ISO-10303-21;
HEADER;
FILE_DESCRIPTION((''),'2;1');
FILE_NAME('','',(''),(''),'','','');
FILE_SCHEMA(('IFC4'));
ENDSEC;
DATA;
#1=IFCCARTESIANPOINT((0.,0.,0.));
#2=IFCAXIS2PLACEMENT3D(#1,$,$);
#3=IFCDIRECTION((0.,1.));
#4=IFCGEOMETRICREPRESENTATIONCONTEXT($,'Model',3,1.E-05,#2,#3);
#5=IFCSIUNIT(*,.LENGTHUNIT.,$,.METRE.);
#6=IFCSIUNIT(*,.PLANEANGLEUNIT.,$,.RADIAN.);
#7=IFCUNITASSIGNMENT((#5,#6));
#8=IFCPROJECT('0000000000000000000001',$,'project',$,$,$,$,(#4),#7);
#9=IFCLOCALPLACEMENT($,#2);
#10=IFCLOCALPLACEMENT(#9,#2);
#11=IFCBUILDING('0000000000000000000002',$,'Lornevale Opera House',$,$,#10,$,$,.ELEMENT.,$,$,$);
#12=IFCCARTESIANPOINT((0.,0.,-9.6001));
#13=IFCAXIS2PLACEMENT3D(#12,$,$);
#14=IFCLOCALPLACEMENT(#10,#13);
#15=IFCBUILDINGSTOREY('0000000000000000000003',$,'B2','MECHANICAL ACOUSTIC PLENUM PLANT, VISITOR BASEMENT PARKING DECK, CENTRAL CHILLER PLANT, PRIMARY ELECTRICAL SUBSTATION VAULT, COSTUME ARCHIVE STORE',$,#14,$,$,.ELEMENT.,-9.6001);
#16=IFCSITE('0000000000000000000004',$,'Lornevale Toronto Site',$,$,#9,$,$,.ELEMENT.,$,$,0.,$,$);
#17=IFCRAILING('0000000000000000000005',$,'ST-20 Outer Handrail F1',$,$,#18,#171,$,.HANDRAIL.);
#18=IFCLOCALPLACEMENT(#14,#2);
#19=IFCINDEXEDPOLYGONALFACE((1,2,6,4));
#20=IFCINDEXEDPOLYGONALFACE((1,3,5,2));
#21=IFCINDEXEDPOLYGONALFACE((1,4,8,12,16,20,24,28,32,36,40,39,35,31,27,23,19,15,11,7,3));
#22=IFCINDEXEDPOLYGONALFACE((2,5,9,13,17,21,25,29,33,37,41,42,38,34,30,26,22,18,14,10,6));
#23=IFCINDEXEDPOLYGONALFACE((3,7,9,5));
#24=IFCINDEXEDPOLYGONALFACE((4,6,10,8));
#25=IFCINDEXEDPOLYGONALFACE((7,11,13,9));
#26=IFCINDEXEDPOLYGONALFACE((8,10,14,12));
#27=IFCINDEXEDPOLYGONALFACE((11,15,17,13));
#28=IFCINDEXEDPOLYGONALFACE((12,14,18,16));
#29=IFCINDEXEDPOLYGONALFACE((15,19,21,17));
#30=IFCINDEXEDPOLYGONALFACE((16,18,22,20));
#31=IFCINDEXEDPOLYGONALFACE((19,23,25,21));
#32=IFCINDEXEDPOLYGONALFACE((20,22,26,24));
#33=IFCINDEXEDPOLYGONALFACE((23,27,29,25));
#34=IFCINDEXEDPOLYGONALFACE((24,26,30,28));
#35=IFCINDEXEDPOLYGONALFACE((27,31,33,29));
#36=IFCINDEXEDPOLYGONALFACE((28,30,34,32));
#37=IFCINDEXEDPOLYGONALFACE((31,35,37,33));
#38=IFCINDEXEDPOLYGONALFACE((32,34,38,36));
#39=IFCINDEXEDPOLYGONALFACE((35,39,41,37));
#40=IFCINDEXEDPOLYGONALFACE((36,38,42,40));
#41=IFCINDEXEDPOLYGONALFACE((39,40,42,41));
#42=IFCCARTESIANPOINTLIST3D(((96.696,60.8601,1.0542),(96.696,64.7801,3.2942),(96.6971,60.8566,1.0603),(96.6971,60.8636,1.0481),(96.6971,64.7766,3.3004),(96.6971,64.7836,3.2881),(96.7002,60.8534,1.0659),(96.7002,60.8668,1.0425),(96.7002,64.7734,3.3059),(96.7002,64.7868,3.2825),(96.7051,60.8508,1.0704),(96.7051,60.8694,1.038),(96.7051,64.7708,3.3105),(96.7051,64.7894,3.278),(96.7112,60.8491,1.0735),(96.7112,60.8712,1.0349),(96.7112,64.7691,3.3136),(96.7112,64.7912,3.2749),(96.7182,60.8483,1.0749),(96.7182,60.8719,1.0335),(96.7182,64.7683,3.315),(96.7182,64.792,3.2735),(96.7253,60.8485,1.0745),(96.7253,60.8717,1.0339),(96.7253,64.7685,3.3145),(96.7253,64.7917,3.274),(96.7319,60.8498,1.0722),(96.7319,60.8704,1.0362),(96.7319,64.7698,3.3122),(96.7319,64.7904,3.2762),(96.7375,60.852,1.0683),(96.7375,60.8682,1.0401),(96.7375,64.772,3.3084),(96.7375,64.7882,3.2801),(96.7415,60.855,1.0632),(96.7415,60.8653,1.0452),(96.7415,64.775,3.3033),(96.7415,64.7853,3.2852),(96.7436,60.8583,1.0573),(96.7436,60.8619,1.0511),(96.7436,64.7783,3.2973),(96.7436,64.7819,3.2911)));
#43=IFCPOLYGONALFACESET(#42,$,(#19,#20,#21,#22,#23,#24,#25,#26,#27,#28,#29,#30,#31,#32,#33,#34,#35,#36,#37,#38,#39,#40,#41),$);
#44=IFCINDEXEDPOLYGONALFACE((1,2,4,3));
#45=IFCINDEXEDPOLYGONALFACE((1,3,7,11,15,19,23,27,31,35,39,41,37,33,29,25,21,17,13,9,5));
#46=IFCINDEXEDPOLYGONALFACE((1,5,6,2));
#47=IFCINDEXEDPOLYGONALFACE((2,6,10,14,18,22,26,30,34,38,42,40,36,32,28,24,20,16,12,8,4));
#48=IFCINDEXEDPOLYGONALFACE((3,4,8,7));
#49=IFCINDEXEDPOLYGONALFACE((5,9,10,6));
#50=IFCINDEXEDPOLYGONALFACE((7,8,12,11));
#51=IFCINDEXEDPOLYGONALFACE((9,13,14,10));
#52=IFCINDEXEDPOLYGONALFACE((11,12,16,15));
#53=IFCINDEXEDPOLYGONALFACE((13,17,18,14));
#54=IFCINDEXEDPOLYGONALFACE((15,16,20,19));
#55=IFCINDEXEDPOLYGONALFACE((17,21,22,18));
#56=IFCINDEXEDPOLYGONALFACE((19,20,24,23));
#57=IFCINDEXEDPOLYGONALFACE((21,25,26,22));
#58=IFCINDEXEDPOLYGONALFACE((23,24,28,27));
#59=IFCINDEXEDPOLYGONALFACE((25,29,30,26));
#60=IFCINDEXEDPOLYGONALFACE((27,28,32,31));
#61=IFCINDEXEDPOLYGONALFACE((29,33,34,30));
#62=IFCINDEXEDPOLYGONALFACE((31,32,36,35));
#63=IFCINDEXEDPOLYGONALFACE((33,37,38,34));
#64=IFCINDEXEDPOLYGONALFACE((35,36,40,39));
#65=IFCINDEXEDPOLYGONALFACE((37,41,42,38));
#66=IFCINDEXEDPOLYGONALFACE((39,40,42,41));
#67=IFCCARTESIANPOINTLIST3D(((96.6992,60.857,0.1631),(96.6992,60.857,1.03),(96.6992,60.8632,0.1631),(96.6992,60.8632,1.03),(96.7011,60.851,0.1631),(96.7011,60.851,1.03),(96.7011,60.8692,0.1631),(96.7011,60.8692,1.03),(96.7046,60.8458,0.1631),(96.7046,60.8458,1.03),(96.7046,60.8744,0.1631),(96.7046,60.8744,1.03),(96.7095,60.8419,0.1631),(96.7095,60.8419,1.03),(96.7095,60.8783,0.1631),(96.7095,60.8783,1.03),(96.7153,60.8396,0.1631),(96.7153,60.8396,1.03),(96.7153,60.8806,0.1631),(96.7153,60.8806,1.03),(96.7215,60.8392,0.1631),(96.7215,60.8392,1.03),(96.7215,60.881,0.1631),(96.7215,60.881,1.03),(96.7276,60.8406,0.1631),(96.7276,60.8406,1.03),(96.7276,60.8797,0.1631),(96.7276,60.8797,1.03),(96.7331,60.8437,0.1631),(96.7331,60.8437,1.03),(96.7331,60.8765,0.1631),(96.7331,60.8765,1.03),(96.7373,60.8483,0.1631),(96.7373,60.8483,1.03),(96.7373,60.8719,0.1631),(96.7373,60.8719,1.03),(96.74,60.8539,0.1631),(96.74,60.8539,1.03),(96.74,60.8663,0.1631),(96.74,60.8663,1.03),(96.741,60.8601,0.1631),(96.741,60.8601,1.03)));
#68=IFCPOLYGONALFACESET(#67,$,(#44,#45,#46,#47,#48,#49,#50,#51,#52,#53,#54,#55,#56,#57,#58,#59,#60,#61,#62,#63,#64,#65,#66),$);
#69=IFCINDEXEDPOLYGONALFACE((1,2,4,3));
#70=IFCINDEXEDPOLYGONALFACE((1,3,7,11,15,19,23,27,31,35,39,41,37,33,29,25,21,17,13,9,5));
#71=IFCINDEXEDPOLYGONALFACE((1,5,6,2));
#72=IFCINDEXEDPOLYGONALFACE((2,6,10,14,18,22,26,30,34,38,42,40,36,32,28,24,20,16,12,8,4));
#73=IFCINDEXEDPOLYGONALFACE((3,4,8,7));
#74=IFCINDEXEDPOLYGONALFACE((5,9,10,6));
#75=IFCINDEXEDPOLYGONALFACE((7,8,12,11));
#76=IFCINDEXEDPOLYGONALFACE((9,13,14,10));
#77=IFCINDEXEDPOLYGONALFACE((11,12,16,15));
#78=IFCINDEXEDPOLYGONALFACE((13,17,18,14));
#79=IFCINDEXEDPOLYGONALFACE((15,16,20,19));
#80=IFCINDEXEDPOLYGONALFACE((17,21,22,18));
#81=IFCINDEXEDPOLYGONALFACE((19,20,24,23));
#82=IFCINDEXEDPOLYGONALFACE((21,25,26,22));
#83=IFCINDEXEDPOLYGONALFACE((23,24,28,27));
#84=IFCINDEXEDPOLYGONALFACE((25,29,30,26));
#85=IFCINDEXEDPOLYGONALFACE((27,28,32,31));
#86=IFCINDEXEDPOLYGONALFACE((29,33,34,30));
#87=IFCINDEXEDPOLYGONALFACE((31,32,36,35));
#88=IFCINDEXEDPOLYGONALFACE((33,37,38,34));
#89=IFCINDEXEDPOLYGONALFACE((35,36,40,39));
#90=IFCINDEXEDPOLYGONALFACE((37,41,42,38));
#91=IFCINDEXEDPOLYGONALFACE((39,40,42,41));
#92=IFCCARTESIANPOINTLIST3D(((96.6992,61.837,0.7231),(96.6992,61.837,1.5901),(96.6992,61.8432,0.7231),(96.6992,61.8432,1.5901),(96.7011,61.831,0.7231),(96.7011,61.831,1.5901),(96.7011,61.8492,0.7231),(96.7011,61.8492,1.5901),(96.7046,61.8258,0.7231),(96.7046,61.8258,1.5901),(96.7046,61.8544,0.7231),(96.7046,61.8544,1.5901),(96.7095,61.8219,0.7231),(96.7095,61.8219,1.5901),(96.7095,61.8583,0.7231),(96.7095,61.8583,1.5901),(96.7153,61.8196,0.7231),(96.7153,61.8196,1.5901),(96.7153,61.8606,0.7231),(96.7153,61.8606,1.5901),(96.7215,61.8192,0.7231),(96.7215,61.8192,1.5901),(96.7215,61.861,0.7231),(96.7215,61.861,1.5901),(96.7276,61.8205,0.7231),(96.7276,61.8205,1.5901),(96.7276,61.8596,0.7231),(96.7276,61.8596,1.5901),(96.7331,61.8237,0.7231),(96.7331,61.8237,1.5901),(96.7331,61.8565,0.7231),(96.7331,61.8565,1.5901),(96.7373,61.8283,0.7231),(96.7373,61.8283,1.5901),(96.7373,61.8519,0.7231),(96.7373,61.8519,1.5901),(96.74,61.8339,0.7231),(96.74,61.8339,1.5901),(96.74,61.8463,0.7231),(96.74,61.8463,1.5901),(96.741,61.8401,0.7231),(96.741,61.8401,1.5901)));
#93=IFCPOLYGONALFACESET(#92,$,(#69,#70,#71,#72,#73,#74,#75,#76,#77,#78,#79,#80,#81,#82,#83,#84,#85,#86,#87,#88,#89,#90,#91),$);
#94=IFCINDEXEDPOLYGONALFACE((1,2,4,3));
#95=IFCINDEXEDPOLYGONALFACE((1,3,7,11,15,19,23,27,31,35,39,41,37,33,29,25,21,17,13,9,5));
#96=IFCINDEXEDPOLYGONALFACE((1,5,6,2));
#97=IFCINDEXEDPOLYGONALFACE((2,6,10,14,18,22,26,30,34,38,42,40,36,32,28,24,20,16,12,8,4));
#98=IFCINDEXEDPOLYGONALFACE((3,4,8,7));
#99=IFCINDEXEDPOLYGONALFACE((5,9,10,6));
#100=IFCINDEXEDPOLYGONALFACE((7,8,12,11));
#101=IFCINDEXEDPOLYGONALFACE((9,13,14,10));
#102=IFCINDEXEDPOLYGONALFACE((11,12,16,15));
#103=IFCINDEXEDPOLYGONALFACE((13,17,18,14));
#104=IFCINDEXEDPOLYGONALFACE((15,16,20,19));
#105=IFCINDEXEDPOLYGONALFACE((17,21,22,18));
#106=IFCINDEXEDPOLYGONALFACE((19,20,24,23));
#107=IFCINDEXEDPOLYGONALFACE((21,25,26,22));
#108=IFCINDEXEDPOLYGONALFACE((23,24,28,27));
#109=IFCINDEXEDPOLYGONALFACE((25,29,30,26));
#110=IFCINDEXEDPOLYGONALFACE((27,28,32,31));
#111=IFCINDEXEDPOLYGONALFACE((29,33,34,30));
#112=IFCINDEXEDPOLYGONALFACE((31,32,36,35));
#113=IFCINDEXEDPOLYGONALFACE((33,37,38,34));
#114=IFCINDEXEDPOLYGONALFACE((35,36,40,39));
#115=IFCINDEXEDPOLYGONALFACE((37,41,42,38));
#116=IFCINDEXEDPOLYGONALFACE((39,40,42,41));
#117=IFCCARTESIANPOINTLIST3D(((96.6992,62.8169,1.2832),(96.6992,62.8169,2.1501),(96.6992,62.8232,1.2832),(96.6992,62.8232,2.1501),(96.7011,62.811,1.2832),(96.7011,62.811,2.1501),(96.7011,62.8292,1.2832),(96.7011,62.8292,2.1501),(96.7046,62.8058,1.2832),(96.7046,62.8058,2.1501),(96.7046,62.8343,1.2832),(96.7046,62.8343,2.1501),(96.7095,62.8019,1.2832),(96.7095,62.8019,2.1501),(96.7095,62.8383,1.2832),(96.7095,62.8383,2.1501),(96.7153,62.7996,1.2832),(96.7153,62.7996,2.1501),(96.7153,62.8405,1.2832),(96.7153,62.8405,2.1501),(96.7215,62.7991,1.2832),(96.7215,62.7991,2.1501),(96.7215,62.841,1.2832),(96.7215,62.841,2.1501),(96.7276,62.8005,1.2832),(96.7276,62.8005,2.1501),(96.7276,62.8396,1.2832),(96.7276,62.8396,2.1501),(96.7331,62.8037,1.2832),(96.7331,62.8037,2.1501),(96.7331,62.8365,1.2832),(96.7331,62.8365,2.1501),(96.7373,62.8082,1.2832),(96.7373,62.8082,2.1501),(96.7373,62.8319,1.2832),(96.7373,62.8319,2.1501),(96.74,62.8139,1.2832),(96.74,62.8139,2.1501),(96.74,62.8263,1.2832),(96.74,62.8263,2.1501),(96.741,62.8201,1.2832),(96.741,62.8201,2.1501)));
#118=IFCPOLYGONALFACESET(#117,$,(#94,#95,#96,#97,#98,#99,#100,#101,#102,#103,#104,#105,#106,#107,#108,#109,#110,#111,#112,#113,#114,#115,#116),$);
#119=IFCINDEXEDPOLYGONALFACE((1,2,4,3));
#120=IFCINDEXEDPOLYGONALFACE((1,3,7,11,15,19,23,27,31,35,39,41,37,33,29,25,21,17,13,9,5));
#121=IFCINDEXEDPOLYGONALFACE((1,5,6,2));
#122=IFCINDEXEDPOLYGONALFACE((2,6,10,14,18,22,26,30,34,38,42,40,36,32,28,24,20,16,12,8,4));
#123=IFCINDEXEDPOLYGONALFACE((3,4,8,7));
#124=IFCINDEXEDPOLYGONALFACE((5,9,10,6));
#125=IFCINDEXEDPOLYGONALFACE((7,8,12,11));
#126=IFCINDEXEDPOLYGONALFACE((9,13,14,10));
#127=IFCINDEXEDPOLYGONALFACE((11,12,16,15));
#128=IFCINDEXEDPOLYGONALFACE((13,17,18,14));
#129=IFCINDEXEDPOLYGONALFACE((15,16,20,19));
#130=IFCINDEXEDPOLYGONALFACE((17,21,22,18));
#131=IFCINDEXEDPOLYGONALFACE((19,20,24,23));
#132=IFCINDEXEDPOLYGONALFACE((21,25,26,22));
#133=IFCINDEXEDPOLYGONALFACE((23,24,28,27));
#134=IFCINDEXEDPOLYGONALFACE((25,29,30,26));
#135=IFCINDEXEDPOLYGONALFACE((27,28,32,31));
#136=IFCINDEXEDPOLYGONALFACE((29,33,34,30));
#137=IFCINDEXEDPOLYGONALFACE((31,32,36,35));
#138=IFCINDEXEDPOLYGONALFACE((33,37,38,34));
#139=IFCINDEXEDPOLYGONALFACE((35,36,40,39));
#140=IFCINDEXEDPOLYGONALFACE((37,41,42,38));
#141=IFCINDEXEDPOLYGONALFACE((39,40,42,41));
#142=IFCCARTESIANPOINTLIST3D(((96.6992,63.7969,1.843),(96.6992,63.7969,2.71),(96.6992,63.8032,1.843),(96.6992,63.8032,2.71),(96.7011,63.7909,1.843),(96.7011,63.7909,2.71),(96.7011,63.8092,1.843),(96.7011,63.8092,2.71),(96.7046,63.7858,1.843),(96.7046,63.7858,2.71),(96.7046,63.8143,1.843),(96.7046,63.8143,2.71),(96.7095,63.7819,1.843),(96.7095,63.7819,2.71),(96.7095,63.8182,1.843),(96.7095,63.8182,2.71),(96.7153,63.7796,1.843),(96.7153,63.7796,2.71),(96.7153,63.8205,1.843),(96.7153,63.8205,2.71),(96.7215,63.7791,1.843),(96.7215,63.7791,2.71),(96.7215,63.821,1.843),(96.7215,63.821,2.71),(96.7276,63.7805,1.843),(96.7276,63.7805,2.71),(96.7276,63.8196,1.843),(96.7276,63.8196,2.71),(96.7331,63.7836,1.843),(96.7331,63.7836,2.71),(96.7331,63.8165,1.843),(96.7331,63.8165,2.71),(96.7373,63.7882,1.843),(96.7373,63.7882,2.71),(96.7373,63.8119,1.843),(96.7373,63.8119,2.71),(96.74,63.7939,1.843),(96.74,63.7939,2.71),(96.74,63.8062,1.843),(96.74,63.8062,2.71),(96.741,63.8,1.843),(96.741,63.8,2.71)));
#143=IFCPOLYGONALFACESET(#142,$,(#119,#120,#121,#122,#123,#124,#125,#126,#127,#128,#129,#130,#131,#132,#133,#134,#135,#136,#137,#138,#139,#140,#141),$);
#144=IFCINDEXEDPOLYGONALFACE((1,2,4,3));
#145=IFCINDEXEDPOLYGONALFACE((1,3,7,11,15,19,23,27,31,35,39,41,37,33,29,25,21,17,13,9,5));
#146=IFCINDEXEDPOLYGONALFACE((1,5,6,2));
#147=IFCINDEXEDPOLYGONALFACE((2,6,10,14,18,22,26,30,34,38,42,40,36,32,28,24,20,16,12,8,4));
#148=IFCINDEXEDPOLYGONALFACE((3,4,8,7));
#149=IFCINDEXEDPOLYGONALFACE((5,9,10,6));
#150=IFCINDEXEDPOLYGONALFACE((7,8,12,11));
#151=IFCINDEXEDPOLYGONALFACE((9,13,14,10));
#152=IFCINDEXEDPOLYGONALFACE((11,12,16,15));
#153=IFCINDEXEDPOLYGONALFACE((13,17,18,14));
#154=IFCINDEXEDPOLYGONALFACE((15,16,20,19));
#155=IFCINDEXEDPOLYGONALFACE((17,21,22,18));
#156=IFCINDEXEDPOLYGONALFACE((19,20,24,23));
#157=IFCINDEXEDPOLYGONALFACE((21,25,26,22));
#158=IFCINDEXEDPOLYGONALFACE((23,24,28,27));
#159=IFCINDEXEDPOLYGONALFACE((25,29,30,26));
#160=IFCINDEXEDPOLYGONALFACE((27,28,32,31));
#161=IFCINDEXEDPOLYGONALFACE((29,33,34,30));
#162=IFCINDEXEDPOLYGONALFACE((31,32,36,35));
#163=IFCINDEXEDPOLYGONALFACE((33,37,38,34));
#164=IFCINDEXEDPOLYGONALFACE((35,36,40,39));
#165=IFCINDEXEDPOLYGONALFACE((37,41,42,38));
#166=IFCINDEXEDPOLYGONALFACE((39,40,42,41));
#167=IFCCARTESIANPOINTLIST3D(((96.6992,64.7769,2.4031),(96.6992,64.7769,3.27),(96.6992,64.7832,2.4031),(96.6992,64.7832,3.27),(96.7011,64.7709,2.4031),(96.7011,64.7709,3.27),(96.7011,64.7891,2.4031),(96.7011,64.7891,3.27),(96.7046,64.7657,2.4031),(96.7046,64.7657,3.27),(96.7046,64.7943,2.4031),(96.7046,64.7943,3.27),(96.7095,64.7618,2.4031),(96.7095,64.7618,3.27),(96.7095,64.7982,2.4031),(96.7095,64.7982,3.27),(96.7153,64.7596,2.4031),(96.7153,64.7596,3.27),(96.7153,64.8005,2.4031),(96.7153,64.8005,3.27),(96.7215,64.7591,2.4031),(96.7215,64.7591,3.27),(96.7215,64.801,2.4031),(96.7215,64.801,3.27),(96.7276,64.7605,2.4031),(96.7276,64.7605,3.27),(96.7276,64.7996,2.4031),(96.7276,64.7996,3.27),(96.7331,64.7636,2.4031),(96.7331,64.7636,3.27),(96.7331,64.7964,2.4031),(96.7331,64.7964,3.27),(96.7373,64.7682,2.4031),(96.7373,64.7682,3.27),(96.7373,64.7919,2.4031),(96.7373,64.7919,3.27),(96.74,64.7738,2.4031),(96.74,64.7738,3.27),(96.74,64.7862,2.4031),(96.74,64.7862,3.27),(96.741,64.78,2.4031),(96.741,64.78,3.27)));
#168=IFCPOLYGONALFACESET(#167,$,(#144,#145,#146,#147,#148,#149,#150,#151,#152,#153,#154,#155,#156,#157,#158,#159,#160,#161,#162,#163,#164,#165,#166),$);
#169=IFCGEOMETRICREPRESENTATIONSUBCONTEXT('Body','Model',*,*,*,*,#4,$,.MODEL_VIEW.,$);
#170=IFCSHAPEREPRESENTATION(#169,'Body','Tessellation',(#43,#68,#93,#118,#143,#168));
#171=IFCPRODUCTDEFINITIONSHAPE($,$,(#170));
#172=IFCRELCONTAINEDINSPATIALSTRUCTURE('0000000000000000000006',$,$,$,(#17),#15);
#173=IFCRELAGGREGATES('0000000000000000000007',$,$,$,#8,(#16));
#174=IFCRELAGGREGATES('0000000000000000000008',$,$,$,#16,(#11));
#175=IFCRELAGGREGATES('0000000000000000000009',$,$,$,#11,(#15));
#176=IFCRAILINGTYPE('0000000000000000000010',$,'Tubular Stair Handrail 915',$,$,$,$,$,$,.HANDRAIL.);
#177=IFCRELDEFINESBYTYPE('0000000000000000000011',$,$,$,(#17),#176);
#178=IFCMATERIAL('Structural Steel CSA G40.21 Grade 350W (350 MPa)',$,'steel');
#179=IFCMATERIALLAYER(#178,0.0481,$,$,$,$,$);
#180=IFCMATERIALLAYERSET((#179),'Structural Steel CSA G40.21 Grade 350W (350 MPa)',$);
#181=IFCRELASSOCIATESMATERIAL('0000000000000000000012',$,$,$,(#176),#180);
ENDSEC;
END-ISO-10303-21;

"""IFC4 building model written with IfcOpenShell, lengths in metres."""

from ifc_helpers import new_model, si_unit, direction, frame, origin, origin_2d, place, context, subcontext, project, spatial, circle, extrude, material, layer, layer_set, type_object, element, save


model = new_model("IFC4")

# Units and contexts
model_context = context("Model", 3, precision=1e-05, world=origin(), true_north=direction((0.0, 1.0)))
body_context = subcontext(model_context, "Body", "Model", "MODEL_VIEW")
ifc_project = project(units=[si_unit("LENGTHUNIT", "METRE"), si_unit("PLANEANGLEUNIT", "RADIAN")], contexts=[model_context])

# Site, building, storey
site_placement = place(None, origin())
site = spatial("IfcSite", under=ifc_project, at=site_placement, Name="Lornevale Toronto Site", CompositionType="ELEMENT", RefElevation=0.0)
building_placement = place(site_placement, origin())
building = spatial("IfcBuilding", under=site, at=building_placement, Name="Lornevale Opera House", CompositionType="ELEMENT")
storey_placement = place(building_placement, frame((0.0, 0.0, -9.6001)))
storey = spatial("IfcBuildingStorey", under=building, at=storey_placement, Name="B2", Description="MECHANICAL ACOUSTIC PLENUM PLANT, VISITOR BASEMENT PARKING DECK, CENTRAL CHILLER PLANT, PRIMARY ELECTRICAL SUBSTATION VAULT, COSTUME ARCHIVE STORE", CompositionType="ELEMENT", Elevation=-9.6001)

# Railing
ifc_material_1 = material(Name="Structural Steel CSA G40.21 Grade 350W (350 MPa)", Category="steel")
ifc_layer_1 = layer(ifc_material_1, 0.0481)
ifc_layer_set_1 = layer_set([ifc_layer_1], Name="Structural Steel CSA G40.21 Grade 350W (350 MPa)")
railing_type_1 = type_object("IfcRailingType", Name="Tubular Stair Handrail 915", PredefinedType="HANDRAIL", material=ifc_layer_set_1)
railing_1_placement = place(storey_placement, frame((96.72, 60.8601, 0.1631)))
element("IfcRailing", 1, at=railing_1_placement, inside=storey, type_object=railing_type_1, Name="ST-20 Outer Handrail F1", PredefinedType="HANDRAIL", context=body_context, shape_type="SweptSolid", body=[
    extrude(circle(Radius=0.0239, at=origin_2d()), frame((0.0, 0.0, 0.8911), z_axis=(0.0, 0.86824, 0.496145), x_axis=(-1.0, 0.0, 0.0)), (0.0, 0.0, 1.0), 4.5149),
    extrude(circle(Radius=0.021, at=origin_2d()), origin(), (0.0, 0.0, 1.0), 0.8669),
    extrude(circle(Radius=0.021, at=origin_2d()), frame((0.0, 0.98, 0.5601)), (0.0, 0.0, 1.0), 0.8669),
    extrude(circle(Radius=0.021, at=origin_2d()), frame((0.0, 1.96, 1.1201)), (0.0, 0.0, 1.0), 0.8669),
    extrude(circle(Radius=0.021, at=origin_2d()), frame((0.0, 2.9399, 1.6799)), (0.0, 0.0, 1.0), 0.8669),
    extrude(circle(Radius=0.021, at=origin_2d()), frame((0.0, 3.9199, 2.24)), (0.0, 0.0, 1.0), 0.8669),
])

save(model, "model.ifc")
